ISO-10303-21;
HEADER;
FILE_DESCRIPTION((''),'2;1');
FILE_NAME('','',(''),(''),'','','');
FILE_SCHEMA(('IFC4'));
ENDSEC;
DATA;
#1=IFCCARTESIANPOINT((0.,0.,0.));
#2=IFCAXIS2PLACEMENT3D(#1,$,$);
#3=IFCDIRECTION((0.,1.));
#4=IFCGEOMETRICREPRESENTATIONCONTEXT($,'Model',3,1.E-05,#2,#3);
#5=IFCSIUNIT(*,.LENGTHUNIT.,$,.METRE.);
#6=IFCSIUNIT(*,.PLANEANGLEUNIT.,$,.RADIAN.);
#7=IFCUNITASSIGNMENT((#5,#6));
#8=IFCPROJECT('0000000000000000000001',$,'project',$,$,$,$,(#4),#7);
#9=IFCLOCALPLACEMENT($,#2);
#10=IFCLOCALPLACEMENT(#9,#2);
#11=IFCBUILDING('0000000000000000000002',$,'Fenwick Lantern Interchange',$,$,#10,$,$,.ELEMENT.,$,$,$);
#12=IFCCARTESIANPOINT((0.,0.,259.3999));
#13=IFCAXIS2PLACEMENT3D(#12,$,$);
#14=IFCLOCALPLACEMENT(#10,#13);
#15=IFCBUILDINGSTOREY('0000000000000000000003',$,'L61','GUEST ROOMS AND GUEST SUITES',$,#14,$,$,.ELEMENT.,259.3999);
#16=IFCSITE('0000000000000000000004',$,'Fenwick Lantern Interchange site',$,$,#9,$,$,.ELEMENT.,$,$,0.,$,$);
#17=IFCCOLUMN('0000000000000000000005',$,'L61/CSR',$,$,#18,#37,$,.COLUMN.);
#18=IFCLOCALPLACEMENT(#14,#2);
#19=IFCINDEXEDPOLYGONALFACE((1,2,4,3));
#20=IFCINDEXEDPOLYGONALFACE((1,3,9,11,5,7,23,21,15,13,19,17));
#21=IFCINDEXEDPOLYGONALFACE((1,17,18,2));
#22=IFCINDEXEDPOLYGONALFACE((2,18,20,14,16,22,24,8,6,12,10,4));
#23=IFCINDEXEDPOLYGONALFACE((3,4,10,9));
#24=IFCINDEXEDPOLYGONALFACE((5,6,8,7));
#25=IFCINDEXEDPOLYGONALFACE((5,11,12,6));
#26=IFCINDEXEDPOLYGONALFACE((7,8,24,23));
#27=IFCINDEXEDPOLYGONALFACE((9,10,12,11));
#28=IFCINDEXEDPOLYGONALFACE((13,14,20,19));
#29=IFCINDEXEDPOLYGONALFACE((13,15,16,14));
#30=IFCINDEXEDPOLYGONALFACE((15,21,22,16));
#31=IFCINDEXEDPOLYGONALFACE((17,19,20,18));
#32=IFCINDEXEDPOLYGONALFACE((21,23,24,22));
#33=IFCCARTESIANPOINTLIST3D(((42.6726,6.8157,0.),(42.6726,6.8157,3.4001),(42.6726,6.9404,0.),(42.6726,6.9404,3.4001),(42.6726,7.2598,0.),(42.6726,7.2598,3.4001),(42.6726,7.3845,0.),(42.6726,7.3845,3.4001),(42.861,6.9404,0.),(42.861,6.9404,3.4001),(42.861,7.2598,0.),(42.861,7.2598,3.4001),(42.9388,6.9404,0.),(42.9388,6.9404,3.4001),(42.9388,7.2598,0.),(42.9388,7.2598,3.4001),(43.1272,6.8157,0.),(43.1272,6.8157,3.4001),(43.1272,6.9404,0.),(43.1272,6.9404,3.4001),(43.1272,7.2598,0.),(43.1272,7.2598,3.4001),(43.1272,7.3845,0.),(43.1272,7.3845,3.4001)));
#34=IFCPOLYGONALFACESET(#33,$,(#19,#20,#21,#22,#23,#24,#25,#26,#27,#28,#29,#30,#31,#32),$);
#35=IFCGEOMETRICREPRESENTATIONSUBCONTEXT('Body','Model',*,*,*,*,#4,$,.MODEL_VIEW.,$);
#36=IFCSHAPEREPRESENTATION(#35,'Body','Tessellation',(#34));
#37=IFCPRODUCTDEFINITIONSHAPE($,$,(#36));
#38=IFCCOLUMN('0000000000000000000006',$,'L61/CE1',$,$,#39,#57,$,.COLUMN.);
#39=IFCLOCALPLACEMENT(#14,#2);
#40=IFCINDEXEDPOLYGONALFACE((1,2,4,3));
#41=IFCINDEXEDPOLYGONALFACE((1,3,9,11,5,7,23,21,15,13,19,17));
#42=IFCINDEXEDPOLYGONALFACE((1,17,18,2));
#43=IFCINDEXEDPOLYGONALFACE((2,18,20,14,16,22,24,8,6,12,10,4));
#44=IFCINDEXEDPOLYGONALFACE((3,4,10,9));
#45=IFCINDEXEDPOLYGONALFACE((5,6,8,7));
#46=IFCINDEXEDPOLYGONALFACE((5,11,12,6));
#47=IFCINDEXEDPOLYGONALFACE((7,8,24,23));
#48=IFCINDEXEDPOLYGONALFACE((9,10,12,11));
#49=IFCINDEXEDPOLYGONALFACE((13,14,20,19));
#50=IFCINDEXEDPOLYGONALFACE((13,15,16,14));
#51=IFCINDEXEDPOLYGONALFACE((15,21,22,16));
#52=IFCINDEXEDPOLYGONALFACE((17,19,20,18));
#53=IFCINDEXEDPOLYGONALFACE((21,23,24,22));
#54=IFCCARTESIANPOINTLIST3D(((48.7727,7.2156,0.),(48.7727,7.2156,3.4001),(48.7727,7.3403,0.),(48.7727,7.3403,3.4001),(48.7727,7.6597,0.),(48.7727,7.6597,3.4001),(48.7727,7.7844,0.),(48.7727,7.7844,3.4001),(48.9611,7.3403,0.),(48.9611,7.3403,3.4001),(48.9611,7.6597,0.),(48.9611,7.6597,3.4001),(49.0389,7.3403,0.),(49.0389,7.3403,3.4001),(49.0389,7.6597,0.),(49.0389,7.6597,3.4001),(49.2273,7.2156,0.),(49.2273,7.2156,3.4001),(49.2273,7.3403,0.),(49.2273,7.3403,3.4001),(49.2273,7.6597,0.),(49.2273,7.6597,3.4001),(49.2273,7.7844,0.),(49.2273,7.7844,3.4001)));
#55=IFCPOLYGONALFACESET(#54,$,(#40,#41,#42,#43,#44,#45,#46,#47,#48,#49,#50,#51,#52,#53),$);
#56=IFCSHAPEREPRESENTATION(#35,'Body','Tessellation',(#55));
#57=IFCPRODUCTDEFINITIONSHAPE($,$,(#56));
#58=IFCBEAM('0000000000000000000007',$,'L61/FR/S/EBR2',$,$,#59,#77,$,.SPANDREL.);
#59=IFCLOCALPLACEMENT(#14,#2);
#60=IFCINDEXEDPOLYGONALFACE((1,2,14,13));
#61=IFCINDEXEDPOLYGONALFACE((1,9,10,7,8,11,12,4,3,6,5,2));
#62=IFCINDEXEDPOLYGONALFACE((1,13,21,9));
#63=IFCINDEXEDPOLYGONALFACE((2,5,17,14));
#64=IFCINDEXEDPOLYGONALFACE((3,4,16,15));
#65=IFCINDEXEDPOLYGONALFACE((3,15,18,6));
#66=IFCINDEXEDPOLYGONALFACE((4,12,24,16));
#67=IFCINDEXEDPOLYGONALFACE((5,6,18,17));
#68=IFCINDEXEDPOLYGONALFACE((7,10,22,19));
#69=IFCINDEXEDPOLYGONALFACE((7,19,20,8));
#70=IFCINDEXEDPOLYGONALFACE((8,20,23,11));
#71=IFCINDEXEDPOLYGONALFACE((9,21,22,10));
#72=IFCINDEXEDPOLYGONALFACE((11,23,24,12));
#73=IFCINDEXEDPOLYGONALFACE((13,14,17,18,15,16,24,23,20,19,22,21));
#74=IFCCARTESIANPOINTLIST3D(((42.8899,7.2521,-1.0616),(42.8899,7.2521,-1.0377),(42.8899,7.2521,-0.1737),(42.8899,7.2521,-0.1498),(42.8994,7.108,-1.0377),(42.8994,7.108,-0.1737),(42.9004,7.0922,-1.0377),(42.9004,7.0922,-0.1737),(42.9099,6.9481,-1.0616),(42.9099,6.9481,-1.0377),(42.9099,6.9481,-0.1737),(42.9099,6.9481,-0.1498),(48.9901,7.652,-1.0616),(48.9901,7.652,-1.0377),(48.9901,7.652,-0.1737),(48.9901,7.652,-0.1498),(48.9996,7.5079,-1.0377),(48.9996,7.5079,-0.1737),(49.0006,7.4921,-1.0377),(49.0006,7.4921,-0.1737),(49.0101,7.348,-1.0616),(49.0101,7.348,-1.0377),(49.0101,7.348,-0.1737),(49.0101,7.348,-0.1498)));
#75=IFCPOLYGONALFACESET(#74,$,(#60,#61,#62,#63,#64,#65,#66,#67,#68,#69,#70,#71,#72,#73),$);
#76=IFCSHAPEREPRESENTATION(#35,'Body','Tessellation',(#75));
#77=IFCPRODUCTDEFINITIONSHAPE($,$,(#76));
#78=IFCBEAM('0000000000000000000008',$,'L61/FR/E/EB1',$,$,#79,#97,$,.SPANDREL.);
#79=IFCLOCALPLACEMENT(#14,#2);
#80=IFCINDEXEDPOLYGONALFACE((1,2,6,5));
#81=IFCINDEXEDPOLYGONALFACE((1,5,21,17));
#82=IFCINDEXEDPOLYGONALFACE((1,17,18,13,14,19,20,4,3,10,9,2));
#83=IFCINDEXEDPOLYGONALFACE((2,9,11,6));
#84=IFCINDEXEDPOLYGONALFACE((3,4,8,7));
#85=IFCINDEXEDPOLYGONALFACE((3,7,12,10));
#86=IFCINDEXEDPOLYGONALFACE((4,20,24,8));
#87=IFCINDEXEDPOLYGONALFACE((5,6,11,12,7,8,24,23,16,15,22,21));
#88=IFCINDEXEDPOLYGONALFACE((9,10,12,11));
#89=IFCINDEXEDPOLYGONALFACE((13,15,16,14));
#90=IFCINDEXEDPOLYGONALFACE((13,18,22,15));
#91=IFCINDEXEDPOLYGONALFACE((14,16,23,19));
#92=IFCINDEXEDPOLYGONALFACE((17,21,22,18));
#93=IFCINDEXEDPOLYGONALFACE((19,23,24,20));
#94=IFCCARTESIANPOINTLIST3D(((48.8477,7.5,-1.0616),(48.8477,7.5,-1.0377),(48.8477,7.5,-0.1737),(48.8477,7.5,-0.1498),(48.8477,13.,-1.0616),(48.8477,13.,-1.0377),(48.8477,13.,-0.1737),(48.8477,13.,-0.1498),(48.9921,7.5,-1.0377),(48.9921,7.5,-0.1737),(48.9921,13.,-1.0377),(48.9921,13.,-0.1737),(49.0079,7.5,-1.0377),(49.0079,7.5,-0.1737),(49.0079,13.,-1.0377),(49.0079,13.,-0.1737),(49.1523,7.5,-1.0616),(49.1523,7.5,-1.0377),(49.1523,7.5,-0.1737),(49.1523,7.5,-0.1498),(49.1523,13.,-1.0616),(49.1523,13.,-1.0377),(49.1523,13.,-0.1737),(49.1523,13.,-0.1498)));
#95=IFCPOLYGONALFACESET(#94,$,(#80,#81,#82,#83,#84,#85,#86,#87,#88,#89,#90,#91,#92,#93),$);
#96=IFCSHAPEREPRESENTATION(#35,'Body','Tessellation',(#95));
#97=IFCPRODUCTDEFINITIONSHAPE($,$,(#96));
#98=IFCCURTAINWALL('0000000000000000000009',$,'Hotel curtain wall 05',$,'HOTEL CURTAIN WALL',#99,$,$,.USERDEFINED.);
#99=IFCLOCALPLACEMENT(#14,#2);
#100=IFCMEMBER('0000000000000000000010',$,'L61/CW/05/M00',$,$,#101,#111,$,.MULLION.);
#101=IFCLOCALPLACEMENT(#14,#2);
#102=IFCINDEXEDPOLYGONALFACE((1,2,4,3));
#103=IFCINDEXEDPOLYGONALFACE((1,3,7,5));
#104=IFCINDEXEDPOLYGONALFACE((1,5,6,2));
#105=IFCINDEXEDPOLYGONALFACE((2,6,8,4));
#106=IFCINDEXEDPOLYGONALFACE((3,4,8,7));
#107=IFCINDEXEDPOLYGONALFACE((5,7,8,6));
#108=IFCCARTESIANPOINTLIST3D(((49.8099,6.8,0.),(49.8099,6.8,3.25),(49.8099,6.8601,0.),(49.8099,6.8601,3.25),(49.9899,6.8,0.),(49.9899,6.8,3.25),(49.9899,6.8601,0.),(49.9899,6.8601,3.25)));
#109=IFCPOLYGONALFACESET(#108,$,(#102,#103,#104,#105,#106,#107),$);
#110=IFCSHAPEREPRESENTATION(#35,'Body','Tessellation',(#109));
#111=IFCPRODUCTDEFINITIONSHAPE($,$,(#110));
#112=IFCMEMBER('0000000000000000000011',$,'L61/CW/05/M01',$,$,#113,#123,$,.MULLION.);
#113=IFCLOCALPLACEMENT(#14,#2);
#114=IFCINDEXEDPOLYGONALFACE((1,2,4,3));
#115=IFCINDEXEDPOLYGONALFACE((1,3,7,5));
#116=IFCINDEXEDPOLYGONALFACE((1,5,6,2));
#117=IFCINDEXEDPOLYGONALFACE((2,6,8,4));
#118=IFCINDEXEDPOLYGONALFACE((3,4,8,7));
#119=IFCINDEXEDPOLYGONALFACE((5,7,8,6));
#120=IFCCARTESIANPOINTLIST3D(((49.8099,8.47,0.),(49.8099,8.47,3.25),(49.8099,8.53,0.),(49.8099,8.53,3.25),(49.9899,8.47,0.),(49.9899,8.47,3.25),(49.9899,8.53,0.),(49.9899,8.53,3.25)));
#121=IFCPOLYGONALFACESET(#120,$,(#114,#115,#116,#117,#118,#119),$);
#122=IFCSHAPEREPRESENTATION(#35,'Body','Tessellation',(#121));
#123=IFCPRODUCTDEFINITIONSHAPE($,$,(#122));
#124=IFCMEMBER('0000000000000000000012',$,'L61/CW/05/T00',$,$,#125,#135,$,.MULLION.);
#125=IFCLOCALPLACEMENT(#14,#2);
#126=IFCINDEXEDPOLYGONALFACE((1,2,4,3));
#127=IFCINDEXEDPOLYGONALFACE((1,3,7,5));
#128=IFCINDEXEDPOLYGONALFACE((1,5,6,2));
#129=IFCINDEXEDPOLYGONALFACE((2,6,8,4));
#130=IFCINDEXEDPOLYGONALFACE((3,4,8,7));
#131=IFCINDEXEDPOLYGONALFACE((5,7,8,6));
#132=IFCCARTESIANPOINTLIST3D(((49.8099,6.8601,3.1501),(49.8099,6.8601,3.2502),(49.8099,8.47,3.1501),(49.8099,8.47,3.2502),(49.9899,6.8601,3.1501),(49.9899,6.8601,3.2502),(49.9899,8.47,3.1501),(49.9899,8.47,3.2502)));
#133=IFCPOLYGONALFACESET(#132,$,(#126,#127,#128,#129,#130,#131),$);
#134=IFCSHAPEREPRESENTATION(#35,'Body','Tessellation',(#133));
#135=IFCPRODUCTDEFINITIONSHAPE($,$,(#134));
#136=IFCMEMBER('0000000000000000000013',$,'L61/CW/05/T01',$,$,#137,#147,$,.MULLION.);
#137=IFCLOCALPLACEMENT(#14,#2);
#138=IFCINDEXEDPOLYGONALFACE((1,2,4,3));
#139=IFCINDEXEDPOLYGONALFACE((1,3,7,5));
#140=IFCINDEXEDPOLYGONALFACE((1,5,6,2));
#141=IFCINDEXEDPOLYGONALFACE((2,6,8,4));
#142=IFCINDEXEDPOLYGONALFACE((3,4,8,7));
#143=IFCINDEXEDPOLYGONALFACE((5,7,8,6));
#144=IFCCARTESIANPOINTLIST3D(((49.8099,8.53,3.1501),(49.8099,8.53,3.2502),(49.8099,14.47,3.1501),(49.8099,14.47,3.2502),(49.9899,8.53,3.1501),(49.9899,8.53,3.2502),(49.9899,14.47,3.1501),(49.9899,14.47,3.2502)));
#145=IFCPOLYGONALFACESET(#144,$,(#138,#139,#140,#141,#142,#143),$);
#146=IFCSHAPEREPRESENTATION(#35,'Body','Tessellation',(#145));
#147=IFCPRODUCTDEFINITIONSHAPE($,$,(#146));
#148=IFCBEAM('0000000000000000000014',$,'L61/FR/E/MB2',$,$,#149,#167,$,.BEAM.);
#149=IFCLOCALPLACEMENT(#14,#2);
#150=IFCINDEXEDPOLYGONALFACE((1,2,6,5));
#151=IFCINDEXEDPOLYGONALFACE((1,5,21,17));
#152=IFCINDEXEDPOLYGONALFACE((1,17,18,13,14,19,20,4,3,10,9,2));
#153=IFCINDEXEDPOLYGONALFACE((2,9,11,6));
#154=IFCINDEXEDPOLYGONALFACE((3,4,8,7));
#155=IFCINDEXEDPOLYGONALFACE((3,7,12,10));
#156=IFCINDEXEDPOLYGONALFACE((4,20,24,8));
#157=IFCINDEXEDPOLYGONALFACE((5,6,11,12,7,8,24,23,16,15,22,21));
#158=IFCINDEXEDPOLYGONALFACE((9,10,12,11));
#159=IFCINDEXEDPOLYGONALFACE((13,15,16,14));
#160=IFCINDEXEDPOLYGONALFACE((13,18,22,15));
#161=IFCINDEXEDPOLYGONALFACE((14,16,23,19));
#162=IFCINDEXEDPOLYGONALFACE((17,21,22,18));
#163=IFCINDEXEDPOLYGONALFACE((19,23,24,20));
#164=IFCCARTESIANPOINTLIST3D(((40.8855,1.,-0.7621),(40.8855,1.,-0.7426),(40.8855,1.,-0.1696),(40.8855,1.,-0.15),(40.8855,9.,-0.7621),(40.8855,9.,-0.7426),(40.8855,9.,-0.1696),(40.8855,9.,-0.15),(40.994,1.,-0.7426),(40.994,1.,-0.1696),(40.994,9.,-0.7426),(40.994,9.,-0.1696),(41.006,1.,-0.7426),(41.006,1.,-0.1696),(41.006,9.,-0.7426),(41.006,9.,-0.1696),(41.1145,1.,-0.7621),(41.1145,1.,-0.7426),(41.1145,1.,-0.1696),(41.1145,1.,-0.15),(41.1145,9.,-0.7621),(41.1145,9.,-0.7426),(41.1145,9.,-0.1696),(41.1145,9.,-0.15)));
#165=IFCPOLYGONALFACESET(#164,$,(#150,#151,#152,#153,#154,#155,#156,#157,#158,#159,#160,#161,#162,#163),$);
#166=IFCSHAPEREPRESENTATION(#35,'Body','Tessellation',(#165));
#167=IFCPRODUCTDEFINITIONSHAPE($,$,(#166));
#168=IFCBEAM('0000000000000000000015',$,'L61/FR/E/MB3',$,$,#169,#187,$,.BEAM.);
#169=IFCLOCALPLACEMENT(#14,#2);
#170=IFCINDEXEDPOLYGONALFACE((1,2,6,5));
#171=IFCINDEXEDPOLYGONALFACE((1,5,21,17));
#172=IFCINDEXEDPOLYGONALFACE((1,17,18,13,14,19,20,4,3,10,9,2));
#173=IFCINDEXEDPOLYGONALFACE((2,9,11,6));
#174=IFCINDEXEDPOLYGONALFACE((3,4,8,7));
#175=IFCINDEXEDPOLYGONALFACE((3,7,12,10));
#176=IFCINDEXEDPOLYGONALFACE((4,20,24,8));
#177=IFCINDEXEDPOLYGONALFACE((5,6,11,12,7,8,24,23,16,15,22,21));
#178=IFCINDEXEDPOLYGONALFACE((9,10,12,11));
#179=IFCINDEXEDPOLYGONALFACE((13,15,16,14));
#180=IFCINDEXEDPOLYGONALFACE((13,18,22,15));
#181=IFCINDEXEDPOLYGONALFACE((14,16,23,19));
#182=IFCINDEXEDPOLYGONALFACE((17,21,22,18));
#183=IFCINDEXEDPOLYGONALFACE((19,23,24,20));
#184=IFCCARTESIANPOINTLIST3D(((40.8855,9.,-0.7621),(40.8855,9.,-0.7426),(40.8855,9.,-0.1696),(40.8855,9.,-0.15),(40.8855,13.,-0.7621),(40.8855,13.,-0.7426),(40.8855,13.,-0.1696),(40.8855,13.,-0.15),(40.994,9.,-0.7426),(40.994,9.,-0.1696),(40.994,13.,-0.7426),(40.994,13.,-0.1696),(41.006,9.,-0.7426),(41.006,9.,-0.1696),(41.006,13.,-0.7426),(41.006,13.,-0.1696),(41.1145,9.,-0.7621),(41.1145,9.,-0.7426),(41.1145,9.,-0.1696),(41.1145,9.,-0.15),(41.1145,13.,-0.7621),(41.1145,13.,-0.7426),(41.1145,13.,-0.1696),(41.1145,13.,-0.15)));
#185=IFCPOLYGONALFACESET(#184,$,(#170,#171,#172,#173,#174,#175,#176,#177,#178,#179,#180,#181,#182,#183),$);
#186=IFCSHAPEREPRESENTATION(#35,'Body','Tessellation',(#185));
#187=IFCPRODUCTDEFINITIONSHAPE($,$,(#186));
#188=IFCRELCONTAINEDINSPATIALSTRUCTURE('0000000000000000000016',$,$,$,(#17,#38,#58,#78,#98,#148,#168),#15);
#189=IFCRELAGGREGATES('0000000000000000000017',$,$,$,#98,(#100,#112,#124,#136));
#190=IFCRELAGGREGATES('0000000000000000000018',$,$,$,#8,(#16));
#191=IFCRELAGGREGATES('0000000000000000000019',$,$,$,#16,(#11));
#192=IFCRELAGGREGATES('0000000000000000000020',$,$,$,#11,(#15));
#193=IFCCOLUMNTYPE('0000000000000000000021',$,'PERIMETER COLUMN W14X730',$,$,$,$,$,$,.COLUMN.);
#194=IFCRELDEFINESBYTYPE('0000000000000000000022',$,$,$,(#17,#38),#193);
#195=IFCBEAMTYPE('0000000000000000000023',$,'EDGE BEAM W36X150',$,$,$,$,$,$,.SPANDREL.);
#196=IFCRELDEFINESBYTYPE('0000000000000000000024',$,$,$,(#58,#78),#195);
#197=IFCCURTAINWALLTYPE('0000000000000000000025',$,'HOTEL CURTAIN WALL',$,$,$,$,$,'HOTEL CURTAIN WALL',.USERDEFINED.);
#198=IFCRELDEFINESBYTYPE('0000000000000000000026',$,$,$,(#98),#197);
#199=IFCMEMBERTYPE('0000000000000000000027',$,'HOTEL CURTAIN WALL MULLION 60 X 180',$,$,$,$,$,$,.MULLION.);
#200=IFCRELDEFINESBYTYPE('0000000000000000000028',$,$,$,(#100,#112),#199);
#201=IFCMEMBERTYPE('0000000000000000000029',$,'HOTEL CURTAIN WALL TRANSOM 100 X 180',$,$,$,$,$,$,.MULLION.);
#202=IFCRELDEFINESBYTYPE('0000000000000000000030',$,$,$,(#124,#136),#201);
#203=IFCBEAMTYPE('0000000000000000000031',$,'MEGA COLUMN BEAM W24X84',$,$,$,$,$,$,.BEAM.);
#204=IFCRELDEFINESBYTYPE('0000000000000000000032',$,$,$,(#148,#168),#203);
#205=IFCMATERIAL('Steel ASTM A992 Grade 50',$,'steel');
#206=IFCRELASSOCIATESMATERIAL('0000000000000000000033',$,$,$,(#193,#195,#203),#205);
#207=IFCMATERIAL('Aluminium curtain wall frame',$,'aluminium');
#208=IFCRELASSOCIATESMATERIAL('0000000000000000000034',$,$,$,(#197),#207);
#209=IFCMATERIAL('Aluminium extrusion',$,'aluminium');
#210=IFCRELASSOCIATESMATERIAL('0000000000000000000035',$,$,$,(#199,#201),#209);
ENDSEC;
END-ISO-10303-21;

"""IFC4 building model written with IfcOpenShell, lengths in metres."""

from ifc_helpers import new_model, si_unit, direction, frame, origin, origin_2d, place, context, subcontext, project, spatial, rectangle, i_section, extrude, material, material_profile, profile_set, type_object, element, aggregate, save


model = new_model("IFC4")

# Units and contexts
model_context = context("Model", 3, precision=1e-05, world=origin(), true_north=direction((0.0, 1.0)))
body_context = subcontext(model_context, "Body", "Model", "MODEL_VIEW")
ifc_project = project(units=[si_unit("LENGTHUNIT", "METRE"), si_unit("PLANEANGLEUNIT", "RADIAN")], contexts=[model_context])

# Site, building, storey
site_placement = place(None, origin())
site = spatial("IfcSite", under=ifc_project, at=site_placement, Name="Fenwick Lantern Interchange site", CompositionType="ELEMENT", RefElevation=0.0)
building_placement = place(site_placement, origin())
building = spatial("IfcBuilding", under=site, at=building_placement, Name="Fenwick Lantern Interchange", CompositionType="ELEMENT")
storey_placement = place(building_placement, frame((0.0, 0.0, 259.3999)))
storey = spatial("IfcBuildingStorey", under=building, at=storey_placement, Name="L61", Description="GUEST ROOMS AND GUEST SUITES", CompositionType="ELEMENT", Elevation=259.3999)

# Columns
ifc_material_1 = material(Name="Steel ASTM A992 Grade 50", Category="steel")
ifc_material_profile_1 = material_profile(ifc_material_1, i_section(OverallWidth=0.4546, OverallDepth=0.5688, WebThickness=0.0779, FlangeThickness=0.1248, at=origin_2d()), Name="W14X730")
ifc_profile_set_1 = profile_set([ifc_material_profile_1], Name="Steel ASTM A992 Grade 50")
column_type = type_object("IfcColumnType", Name="PERIMETER COLUMN W14X730", PredefinedType="COLUMN", material=ifc_profile_set_1)
for number, where, z_axis, x_axis, name in (
    (1, (42.8999, 7.1001, 0.0), (0.0, 0.0, 1.0), (1.0, 0.0, 0.0), "L61/CSR"),
    (2, (49.0, 7.5, 0.0), (0.0, 0.0, 1.0), (1.0, 0.0, 0.0), "L61/CE1"),
):
    element("IfcColumn", number, at=place(storey_placement, frame(where, z_axis=z_axis, x_axis=x_axis)), inside=storey, type_object=column_type, Name=name, PredefinedType="COLUMN", context=body_context, shape_type="SweptSolid", body=[
        extrude(i_section(OverallWidth=0.4546, OverallDepth=0.5688, WebThickness=0.0779, FlangeThickness=0.1248, at=origin_2d()), origin(), (0.0, 0.0, 1.0), 3.4001),
    ])

# Beams
ifc_material_profile_2 = material_profile(ifc_material_1, i_section(OverallWidth=0.3047, OverallDepth=0.9119, WebThickness=0.0159, FlangeThickness=0.0239, at=origin_2d()), Name="W36X150")
ifc_profile_set_2 = profile_set([ifc_material_profile_2], Name="Steel ASTM A992 Grade 50")
beam_type_1 = type_object("IfcBeamType", Name="EDGE BEAM W36X150", PredefinedType="SPANDREL", material=ifc_profile_set_2)
beam_1_placement = place(storey_placement, frame((42.8999, 7.1001, -0.6057), z_axis=(0.997858, 0.065416, 0.0), x_axis=(-0.065416, 0.997858, 0.0)))
element("IfcBeam", 3, at=beam_1_placement, inside=storey, type_object=beam_type_1, Name="L61/FR/S/EBR2", PredefinedType="SPANDREL", context=body_context, shape_type="SweptSolid", body=[
    extrude(i_section(OverallWidth=0.3047, OverallDepth=0.9119, WebThickness=0.0159, FlangeThickness=0.0239, at=origin_2d()), origin(), (0.0, 0.0, 1.0), 6.1133),
])
beam_2_placement = place(storey_placement, frame((49.0, 7.5, -0.6057), z_axis=(0.0, 1.0, 0.0), x_axis=(-1.0, 0.0, 0.0)))
element("IfcBeam", 4, at=beam_2_placement, inside=storey, type_object=beam_type_1, Name="L61/FR/E/EB1", PredefinedType="SPANDREL", context=body_context, shape_type="SweptSolid", body=[
    extrude(i_section(OverallWidth=0.3047, OverallDepth=0.9119, WebThickness=0.0159, FlangeThickness=0.0239, at=origin_2d()), origin(), (0.0, 0.0, 1.0), 5.5),
])

# Curtain wall, members
ifc_material_2 = material(Name="Aluminium curtain wall frame", Category="aluminium")
curtain_wall_type = type_object("IfcCurtainWallType", Name="HOTEL CURTAIN WALL", ElementType="HOTEL CURTAIN WALL", PredefinedType="USERDEFINED", material=ifc_material_2)
curtain_wall_placement = place(storey_placement, origin())
curtain_wall = element("IfcCurtainWall", 5, at=curtain_wall_placement, inside=storey, type_object=curtain_wall_type, Name="Hotel curtain wall 05", ObjectType="HOTEL CURTAIN WALL", PredefinedType="USERDEFINED")
ifc_material_3 = material(Name="Aluminium extrusion", Category="aluminium")
ifc_material_profile_3 = material_profile(ifc_material_3, rectangle(XDim=0.1799, YDim=0.0601, at=origin_2d()), Name="HOTEL CURTAIN WALL MULLION 60 X 180")
ifc_profile_set_3 = profile_set([ifc_material_profile_3], Name="Aluminium extrusion")
member_type_1 = type_object("IfcMemberType", Name="HOTEL CURTAIN WALL MULLION 60 X 180", PredefinedType="MULLION", material=ifc_profile_set_3)
member_1_placement = place(storey_placement, frame((49.8999, 6.8301, 0.0), z_axis=(0.0, 0.0, 1.0), x_axis=(-1.0, 0.0, 0.0)))
member_1 = element("IfcMember", 6, at=member_1_placement, type_object=member_type_1, Name="L61/CW/05/M00", PredefinedType="MULLION", context=body_context, shape_type="SweptSolid", body=[
    extrude(rectangle(XDim=0.1799, YDim=0.0601, at=origin_2d()), origin(), (0.0, 0.0, 1.0), 3.25),
])
member_2_placement = place(storey_placement, frame((49.8999, 8.5, 0.0), z_axis=(0.0, 0.0, 1.0), x_axis=(-1.0, 0.0, 0.0)))
member_2 = element("IfcMember", 7, at=member_2_placement, type_object=member_type_1, Name="L61/CW/05/M01", PredefinedType="MULLION", context=body_context, shape_type="SweptSolid", body=[
    extrude(rectangle(XDim=0.1799, YDim=0.0601, at=origin_2d()), origin(), (0.0, 0.0, 1.0), 3.25),
])
ifc_material_profile_4 = material_profile(ifc_material_3, rectangle(XDim=0.1799, YDim=0.1001, at=origin_2d()), Name="HOTEL CURTAIN WALL TRANSOM 100 X 180")
ifc_profile_set_4 = profile_set([ifc_material_profile_4], Name="Aluminium extrusion")
member_type_2 = type_object("IfcMemberType", Name="HOTEL CURTAIN WALL TRANSOM 100 X 180", PredefinedType="MULLION", material=ifc_profile_set_4)
member_3_placement = place(storey_placement, frame((49.8999, 6.8601, 3.2002), z_axis=(0.0, 1.0, 0.0), x_axis=(-1.0, 0.0, 0.0)))
member_3 = element("IfcMember", 8, at=member_3_placement, type_object=member_type_2, Name="L61/CW/05/T00", PredefinedType="MULLION", context=body_context, shape_type="SweptSolid", body=[
    extrude(rectangle(XDim=0.1799, YDim=0.1001, at=origin_2d()), origin(), (0.0, 0.0, 1.0), 1.6099),
])
member_4_placement = place(storey_placement, frame((49.8999, 8.53, 3.2002), z_axis=(0.0, 1.0, 0.0), x_axis=(-1.0, 0.0, 0.0)))
member_4 = element("IfcMember", 9, at=member_4_placement, type_object=member_type_2, Name="L61/CW/05/T01", PredefinedType="MULLION", context=body_context, shape_type="SweptSolid", body=[
    extrude(rectangle(XDim=0.1799, YDim=0.1001, at=origin_2d()), origin(), (0.0, 0.0, 1.0), 5.9399),
])

# Beams
ifc_material_profile_5 = material_profile(ifc_material_1, i_section(OverallWidth=0.229, OverallDepth=0.6121, WebThickness=0.012, FlangeThickness=0.0195, at=origin_2d()), Name="W24X84")
ifc_profile_set_5 = profile_set([ifc_material_profile_5], Name="Steel ASTM A992 Grade 50")
beam_type_2 = type_object("IfcBeamType", Name="MEGA COLUMN BEAM W24X84", PredefinedType="BEAM", material=ifc_profile_set_5)
beam_3_placement = place(storey_placement, frame((41.0, 9.0, -0.4561), z_axis=(0.0, -1.0, 0.0), x_axis=(1.0, 0.0, 0.0)))
element("IfcBeam", 10, at=beam_3_placement, inside=storey, type_object=beam_type_2, Name="L61/FR/E/MB2", PredefinedType="BEAM", context=body_context, shape_type="SweptSolid", body=[
    extrude(i_section(OverallWidth=0.229, OverallDepth=0.6121, WebThickness=0.012, FlangeThickness=0.0195, at=origin_2d()), origin(), (0.0, 0.0, 1.0), 8.0),
])
for number, where, z_axis, x_axis, name in (
    (11, (41.0, 9.0, -0.4561), (0.0, 1.0, 0.0), (-1.0, 0.0, 0.0), "L61/FR/E/MB3"),
):
    element("IfcBeam", number, at=place(storey_placement, frame(where, z_axis=z_axis, x_axis=x_axis)), inside=storey, type_object=beam_type_2, Name=name, PredefinedType="BEAM", context=body_context, shape_type="SweptSolid", body=[
        extrude(i_section(OverallWidth=0.229, OverallDepth=0.6121, WebThickness=0.012, FlangeThickness=0.0195, at=origin_2d()), origin(), (0.0, 0.0, 1.0), 4.0),
    ])

aggregate(curtain_wall, [member_1, member_2, member_3, member_4])

save(model, "model.ifc")
